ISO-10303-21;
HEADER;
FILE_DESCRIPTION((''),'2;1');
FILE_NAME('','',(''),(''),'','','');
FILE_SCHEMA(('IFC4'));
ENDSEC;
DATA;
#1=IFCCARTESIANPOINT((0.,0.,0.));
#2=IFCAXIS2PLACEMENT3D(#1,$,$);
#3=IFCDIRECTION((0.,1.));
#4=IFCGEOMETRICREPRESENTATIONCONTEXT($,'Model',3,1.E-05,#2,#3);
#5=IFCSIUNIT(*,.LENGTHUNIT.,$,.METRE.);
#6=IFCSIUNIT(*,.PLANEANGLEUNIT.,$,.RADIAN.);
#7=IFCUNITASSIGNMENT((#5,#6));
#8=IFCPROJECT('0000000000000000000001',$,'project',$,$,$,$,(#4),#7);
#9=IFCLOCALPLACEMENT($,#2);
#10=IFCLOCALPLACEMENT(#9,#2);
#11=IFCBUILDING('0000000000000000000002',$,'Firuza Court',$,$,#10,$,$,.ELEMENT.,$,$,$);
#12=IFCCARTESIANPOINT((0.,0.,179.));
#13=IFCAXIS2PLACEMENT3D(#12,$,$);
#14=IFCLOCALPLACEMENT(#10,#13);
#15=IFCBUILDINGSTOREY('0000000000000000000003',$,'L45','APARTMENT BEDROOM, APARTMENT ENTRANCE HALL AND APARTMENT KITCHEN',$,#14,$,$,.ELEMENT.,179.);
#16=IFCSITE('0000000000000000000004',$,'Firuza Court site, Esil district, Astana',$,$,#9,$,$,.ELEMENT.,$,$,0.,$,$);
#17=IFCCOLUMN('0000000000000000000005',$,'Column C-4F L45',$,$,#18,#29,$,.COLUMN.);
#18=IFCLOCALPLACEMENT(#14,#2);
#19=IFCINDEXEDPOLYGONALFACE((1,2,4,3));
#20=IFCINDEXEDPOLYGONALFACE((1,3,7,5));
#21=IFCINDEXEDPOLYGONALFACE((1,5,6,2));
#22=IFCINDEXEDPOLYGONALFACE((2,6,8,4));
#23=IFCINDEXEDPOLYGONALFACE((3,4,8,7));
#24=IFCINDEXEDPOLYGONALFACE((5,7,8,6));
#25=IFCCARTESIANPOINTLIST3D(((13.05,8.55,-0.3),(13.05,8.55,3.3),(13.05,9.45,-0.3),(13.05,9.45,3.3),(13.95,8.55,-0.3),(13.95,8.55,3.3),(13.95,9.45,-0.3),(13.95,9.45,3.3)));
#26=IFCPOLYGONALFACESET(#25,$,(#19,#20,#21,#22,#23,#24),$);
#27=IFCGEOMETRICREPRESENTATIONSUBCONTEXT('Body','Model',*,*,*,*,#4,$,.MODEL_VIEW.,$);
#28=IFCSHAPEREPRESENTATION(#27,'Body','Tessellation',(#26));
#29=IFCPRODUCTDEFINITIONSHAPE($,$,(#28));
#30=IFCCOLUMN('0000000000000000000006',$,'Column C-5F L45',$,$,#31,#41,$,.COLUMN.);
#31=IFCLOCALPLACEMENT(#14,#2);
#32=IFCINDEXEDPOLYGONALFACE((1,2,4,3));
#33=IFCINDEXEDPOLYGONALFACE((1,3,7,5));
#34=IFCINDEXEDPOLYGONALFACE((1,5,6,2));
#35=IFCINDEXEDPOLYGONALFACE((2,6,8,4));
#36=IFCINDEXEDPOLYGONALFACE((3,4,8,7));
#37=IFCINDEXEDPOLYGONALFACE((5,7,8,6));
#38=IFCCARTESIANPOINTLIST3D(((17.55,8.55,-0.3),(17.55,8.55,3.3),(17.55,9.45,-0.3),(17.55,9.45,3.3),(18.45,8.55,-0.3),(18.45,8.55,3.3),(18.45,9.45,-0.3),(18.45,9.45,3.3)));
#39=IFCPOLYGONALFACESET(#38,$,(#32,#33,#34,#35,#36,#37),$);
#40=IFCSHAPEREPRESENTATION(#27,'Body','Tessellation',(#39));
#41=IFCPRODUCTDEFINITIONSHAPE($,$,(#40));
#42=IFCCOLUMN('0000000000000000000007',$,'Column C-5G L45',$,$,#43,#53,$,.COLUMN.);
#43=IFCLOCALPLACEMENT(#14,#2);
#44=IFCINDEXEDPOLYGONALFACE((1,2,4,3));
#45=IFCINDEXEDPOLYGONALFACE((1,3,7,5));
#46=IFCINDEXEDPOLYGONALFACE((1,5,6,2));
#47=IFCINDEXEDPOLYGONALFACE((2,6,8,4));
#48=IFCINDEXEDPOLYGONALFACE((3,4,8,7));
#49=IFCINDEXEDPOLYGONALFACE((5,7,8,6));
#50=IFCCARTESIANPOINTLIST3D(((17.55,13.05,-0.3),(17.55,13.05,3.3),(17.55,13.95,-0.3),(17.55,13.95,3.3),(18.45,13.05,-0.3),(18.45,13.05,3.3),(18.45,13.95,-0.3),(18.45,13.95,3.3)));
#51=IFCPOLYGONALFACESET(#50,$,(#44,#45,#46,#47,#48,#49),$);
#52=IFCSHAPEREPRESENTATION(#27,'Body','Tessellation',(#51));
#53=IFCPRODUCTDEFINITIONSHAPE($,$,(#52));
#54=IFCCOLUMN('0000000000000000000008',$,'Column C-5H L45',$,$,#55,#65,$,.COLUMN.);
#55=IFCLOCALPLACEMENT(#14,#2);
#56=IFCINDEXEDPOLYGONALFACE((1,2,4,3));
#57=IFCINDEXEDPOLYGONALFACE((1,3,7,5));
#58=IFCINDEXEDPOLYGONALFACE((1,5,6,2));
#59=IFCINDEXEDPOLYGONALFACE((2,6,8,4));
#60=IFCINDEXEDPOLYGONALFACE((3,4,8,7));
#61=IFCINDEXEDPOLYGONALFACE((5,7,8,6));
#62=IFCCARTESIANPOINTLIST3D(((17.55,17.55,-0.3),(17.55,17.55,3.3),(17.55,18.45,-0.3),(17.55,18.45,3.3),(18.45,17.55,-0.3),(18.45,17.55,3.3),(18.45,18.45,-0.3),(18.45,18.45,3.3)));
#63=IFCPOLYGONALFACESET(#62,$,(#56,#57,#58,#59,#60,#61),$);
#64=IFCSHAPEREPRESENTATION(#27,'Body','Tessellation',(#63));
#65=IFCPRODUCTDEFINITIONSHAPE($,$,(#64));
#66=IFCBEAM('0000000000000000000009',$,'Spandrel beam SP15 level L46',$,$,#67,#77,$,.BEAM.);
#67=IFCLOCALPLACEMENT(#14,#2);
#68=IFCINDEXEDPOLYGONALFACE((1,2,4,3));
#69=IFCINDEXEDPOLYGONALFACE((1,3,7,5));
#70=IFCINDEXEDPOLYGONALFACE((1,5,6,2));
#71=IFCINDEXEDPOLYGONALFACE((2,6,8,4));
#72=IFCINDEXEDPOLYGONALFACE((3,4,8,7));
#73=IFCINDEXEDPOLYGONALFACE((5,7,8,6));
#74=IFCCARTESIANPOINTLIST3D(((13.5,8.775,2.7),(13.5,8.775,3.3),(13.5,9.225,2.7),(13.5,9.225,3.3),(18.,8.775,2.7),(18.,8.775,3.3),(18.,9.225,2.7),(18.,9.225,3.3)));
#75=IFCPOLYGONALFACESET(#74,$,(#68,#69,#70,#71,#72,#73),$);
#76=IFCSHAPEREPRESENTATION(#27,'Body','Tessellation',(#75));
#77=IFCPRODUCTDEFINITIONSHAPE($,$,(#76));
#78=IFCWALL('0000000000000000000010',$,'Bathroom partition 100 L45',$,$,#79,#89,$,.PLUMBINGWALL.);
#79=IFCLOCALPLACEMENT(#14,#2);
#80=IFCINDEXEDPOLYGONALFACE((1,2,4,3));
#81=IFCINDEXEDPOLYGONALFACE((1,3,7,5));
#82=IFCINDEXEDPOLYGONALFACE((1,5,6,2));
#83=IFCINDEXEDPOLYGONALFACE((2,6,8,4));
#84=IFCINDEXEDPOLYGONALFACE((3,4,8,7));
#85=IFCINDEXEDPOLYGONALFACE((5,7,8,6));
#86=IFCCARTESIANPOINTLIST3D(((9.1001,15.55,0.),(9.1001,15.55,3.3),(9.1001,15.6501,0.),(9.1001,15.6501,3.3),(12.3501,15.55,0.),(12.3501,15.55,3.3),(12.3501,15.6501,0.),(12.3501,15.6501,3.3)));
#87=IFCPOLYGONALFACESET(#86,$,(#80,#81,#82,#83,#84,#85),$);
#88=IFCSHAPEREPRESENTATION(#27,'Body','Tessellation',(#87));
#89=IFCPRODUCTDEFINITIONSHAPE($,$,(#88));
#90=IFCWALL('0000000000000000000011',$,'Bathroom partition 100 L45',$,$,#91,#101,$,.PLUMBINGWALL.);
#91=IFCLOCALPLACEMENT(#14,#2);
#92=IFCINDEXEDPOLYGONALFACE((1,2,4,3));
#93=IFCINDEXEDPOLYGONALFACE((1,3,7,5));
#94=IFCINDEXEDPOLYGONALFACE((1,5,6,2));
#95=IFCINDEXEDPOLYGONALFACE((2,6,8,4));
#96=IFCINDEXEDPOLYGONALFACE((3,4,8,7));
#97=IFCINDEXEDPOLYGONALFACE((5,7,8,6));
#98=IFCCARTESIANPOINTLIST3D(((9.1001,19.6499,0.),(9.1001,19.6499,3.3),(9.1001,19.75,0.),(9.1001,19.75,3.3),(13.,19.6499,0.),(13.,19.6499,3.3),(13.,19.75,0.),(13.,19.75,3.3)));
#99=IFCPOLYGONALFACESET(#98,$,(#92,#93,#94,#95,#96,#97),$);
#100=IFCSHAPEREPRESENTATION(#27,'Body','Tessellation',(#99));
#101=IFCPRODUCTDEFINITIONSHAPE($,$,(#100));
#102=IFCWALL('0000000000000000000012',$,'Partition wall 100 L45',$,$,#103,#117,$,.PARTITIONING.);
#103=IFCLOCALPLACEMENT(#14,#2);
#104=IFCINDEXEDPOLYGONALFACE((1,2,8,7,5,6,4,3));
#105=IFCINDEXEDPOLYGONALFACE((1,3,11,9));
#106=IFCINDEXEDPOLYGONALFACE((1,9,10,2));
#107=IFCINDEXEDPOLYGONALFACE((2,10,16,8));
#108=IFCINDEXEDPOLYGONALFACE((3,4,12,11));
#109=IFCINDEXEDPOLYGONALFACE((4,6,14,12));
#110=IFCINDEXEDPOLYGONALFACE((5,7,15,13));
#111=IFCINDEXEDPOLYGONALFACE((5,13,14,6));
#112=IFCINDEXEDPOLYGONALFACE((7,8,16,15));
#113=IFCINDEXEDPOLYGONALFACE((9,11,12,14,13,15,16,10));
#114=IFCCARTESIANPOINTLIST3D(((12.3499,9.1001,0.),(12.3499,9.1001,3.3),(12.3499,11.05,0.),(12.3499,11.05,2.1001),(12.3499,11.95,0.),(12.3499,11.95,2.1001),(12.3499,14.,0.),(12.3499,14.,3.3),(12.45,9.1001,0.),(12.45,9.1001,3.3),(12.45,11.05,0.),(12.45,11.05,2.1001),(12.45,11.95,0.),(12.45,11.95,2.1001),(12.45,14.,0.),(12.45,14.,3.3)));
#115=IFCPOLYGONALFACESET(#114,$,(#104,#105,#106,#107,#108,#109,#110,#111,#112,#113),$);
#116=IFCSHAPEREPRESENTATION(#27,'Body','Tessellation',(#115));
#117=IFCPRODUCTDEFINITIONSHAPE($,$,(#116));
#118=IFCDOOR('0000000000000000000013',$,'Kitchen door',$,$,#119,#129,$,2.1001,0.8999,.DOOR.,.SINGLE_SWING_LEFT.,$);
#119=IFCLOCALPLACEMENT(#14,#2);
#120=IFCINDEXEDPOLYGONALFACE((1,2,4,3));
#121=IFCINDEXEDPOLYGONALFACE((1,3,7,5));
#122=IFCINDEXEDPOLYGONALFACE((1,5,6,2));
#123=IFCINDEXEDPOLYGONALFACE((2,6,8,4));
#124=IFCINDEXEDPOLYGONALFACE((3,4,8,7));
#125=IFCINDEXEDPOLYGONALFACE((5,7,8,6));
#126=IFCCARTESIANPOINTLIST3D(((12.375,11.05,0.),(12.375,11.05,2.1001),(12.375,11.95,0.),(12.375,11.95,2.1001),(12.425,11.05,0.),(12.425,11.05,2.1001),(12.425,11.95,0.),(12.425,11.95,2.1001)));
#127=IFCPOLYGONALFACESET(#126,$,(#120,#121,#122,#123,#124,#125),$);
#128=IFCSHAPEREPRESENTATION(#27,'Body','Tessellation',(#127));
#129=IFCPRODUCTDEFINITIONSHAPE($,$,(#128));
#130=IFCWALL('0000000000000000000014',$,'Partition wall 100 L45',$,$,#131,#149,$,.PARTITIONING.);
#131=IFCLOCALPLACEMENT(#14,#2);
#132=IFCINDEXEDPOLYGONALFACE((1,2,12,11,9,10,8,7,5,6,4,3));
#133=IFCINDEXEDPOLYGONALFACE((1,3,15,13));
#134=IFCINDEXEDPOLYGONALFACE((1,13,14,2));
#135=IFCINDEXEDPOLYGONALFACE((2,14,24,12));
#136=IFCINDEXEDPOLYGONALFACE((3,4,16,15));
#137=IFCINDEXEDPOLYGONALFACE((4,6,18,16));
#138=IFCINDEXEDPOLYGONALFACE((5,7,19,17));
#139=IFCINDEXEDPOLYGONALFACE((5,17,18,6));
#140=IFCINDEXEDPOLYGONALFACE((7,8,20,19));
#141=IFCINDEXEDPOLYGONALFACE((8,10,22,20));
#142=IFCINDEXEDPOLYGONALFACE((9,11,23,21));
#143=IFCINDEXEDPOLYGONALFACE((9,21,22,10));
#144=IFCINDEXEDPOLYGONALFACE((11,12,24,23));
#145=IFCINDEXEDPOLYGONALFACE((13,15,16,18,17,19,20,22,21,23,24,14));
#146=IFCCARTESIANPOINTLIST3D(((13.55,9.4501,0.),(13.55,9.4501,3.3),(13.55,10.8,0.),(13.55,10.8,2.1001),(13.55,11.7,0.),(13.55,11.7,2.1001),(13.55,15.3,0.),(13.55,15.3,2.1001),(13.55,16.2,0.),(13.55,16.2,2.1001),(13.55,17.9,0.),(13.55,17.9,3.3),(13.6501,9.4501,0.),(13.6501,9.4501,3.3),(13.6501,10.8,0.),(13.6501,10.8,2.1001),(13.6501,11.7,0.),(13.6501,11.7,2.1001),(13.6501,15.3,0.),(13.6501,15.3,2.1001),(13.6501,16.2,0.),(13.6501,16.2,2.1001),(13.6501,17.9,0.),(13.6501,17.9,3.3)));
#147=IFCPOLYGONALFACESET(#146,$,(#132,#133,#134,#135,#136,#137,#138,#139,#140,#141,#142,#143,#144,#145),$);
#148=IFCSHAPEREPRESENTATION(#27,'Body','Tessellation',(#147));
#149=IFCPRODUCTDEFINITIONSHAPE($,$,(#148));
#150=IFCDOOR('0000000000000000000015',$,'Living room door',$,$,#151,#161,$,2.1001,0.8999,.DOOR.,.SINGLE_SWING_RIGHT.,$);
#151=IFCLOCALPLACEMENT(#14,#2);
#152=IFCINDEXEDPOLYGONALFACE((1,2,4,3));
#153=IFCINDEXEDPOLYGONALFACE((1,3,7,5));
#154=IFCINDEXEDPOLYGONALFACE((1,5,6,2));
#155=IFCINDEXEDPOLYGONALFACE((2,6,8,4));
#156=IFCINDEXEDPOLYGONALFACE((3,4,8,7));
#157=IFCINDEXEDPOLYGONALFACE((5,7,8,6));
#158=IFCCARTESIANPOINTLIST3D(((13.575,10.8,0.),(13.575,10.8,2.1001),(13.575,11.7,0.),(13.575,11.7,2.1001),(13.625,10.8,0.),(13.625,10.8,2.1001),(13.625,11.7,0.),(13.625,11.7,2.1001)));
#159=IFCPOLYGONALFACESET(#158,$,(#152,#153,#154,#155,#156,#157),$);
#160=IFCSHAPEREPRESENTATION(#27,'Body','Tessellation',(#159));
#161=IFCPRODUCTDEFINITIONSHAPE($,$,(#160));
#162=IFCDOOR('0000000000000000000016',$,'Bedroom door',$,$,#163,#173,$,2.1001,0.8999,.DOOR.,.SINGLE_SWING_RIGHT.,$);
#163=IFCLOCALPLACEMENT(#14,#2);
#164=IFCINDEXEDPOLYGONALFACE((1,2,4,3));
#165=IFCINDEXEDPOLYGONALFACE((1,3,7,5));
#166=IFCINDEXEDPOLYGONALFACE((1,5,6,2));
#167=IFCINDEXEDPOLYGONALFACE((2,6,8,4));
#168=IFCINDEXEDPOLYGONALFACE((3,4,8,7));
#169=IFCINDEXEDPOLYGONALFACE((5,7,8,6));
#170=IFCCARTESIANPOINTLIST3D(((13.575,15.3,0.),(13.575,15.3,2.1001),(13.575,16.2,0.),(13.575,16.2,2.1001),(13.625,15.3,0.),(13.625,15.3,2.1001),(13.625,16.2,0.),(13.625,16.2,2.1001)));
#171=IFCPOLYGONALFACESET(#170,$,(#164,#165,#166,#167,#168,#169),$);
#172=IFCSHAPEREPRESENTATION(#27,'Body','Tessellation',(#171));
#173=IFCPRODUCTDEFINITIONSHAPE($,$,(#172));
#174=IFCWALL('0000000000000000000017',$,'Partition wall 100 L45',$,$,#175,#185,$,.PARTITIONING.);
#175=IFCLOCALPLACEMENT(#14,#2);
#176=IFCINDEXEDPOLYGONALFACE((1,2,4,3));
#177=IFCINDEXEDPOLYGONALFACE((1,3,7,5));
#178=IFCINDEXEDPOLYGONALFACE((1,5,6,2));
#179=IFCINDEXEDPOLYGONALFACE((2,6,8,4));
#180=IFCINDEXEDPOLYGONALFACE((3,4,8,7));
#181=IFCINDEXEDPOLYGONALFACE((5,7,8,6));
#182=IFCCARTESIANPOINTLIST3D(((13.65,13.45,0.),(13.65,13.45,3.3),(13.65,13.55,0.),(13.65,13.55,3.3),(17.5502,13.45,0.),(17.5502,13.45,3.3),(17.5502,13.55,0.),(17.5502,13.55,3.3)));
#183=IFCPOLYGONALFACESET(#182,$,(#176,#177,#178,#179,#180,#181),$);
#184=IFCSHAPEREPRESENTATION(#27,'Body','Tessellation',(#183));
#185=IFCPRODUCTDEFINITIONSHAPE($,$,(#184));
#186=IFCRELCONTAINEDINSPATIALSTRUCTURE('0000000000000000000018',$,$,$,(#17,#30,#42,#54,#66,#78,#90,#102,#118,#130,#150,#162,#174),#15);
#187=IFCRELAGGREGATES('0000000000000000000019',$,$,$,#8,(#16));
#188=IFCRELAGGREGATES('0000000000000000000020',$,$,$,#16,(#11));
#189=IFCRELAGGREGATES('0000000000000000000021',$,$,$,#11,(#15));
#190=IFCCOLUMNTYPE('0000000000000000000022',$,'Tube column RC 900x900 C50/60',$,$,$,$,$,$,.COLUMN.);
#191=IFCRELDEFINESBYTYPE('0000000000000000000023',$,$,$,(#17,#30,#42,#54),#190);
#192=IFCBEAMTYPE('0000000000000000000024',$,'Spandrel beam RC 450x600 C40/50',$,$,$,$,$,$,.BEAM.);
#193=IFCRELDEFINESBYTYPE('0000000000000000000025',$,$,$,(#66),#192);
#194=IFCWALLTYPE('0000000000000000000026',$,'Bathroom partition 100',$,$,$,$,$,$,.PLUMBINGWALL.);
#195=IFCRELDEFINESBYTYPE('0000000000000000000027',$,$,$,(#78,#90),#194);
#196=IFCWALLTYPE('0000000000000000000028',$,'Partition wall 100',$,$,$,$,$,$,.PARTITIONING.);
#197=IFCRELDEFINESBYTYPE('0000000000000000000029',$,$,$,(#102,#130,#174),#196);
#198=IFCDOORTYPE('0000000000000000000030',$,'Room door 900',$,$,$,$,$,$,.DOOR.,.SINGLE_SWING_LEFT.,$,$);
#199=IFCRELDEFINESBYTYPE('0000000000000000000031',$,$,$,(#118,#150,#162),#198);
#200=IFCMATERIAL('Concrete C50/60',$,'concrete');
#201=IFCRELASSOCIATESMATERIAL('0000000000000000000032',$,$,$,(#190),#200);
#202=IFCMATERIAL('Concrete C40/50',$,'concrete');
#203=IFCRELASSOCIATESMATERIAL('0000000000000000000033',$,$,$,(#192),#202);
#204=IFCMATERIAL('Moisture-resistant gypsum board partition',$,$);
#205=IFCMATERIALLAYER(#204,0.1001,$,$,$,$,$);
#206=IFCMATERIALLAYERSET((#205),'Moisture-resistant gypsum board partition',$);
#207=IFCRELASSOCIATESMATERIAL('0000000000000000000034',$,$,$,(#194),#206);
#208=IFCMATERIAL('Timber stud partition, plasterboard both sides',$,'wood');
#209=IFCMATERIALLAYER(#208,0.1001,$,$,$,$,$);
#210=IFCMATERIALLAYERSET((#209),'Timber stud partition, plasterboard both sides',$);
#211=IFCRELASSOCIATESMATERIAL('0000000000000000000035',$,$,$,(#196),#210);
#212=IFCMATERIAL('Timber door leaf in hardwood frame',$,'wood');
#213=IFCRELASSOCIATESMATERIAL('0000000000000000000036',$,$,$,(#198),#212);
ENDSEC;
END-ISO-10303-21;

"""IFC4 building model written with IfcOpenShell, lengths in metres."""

from ifc_helpers import new_model, si_unit, direction, frame, frame_2d, origin, origin_2d, place, context, subcontext, project, spatial, rectangle, extrude, material, layer, layer_set, material_profile, profile_set, type_object, element, fill, save


model = new_model("IFC4")

# Units and contexts
model_context = context("Model", 3, precision=1e-05, world=origin(), true_north=direction((0.0, 1.0)))
body_context = subcontext(model_context, "Body", "Model", "MODEL_VIEW")
ifc_project = project(units=[si_unit("LENGTHUNIT", "METRE"), si_unit("PLANEANGLEUNIT", "RADIAN")], contexts=[model_context])

# Site, building, storey
site_placement = place(None, origin())
site = spatial("IfcSite", under=ifc_project, at=site_placement, Name="Firuza Court site, Esil district, Astana", CompositionType="ELEMENT", RefElevation=0.0)
building_placement = place(site_placement, origin())
building = spatial("IfcBuilding", under=site, at=building_placement, Name="Firuza Court", CompositionType="ELEMENT")
storey_placement = place(building_placement, frame((0.0, 0.0, 179.0)))
storey = spatial("IfcBuildingStorey", under=building, at=storey_placement, Name="L45", Description="APARTMENT BEDROOM, APARTMENT ENTRANCE HALL AND APARTMENT KITCHEN", CompositionType="ELEMENT", Elevation=179.0)

# Columns
ifc_material_1 = material(Name="Concrete C50/60", Category="concrete")
ifc_material_profile_1 = material_profile(ifc_material_1, rectangle(XDim=0.8999, YDim=0.8999, at=origin_2d()), Name="RC 900x900")
ifc_profile_set_1 = profile_set([ifc_material_profile_1], Name="Concrete C50/60")
column_type = type_object("IfcColumnType", Name="Tube column RC 900x900 C50/60", PredefinedType="COLUMN", material=ifc_profile_set_1)
for number, where, z_axis, x_axis, name in (
    (1, (13.5, 9.0, -0.3), (0.0, 0.0, 1.0), (1.0, 0.0, 0.0), "Column C-4F L45"),
    (2, (18.0, 9.0, -0.3), (0.0, 0.0, 1.0), (1.0, 0.0, 0.0), "Column C-5F L45"),
    (3, (18.0, 13.5, -0.3), (0.0, 0.0, 1.0), (1.0, 0.0, 0.0), "Column C-5G L45"),
    (4, (18.0, 18.0, -0.3), (0.0, 0.0, 1.0), (1.0, 0.0, 0.0), "Column C-5H L45"),
):
    element("IfcColumn", number, at=place(storey_placement, frame(where, z_axis=z_axis, x_axis=x_axis)), inside=storey, type_object=column_type, Name=name, PredefinedType="COLUMN", context=body_context, shape_type="SweptSolid", body=[
        extrude(rectangle(XDim=0.8999, YDim=0.8999, at=origin_2d()), origin(), (0.0, 0.0, 1.0), 3.6001),
    ])

# Beam
ifc_material_2 = material(Name="Concrete C40/50", Category="concrete")
ifc_material_profile_2 = material_profile(ifc_material_2, rectangle(XDim=0.45, YDim=0.6001, at=origin_2d()), Name="RC 450x600")
ifc_profile_set_2 = profile_set([ifc_material_profile_2], Name="Concrete C40/50")
beam_type = type_object("IfcBeamType", Name="Spandrel beam RC 450x600 C40/50", PredefinedType="BEAM", material=ifc_profile_set_2)
beam_placement = place(storey_placement, frame((13.5, 9.0, 3.0), z_axis=(1.0, 0.0, 0.0), x_axis=(0.0, 1.0, 0.0)))
element("IfcBeam", 5, at=beam_placement, inside=storey, type_object=beam_type, Name="Spandrel beam SP15 level L46", PredefinedType="BEAM", context=body_context, shape_type="SweptSolid", body=[
    extrude(rectangle(XDim=0.45, YDim=0.6001, at=origin_2d()), origin(), (0.0, 0.0, 1.0), 4.5),
])

# Walls
ifc_material_3 = material(Name="Moisture-resistant gypsum board partition")
ifc_layer_1 = layer(ifc_material_3, 0.1001)
ifc_layer_set_1 = layer_set([ifc_layer_1], Name="Moisture-resistant gypsum board partition")
wall_type_1 = type_object("IfcWallType", Name="Bathroom partition 100", PredefinedType="PLUMBINGWALL", material=ifc_layer_set_1)
wall_1_placement = place(storey_placement, frame((9.1001, 15.6001, 0.0), z_axis=(0.0, 0.0, 1.0), x_axis=(1.0, 0.0, 0.0)))
element("IfcWall", 6, at=wall_1_placement, inside=storey, type_object=wall_type_1, Name="Bathroom partition 100 L45", PredefinedType="PLUMBINGWALL", context=body_context, shape_type="SweptSolid", body=[
    extrude(rectangle(XDim=3.25, YDim=0.1001, at=frame_2d((1.625, 0.0))), origin(), (0.0, 0.0, 1.0), 3.3),
])
wall_2_placement = place(storey_placement, frame((9.1001, 19.7, 0.0), z_axis=(0.0, 0.0, 1.0), x_axis=(1.0, 0.0, 0.0)))
element("IfcWall", 7, at=wall_2_placement, inside=storey, type_object=wall_type_1, Name="Bathroom partition 100 L45", PredefinedType="PLUMBINGWALL", context=body_context, shape_type="SweptSolid", body=[
    extrude(rectangle(XDim=3.8999, YDim=0.1001, at=frame_2d((1.95, 0.0))), origin(), (0.0, 0.0, 1.0), 3.3),
])

# Wall, opening, door
ifc_material_4 = material(Name="Timber stud partition, plasterboard both sides", Category="wood")
ifc_layer_2 = layer(ifc_material_4, 0.1001)
ifc_layer_set_2 = layer_set([ifc_layer_2], Name="Timber stud partition, plasterboard both sides")
wall_type_2 = type_object("IfcWallType", Name="Partition wall 100", PredefinedType="PARTITIONING", material=ifc_layer_set_2)
wall_3_placement = place(storey_placement, frame((12.3999, 9.1001, 0.0), z_axis=(0.0, 0.0, 1.0), x_axis=(0.0, 1.0, 0.0)))
wall_3 = element("IfcWall", 8, at=wall_3_placement, inside=storey, type_object=wall_type_2, Name="Partition wall 100 L45", PredefinedType="PARTITIONING", context=body_context, shape_type="SweptSolid", body=[
    extrude(rectangle(XDim=4.8999, YDim=0.1001, at=frame_2d((2.45, 0.0))), origin(), (0.0, 0.0, 1.0), 3.3),
])
opening_1_placement = place(wall_3_placement, frame((1.95, 0.0, 0.0)))
opening_1 = element("IfcOpeningElement", 9, at=opening_1_placement, cuts=wall_3, PredefinedType="OPENING", context=body_context, shape_type="SweptSolid", body=[
    extrude(rectangle(XDim=0.8999, YDim=2.1001, at=frame_2d((0.45, 1.05))), frame((0.0, 0.062, 0.0), z_axis=(0.0, -1.0, 0.0), x_axis=(1.0, 0.0, 0.0)), (0.0, 0.0, 1.0), 0.124),
])
ifc_material_5 = material(Name="Timber door leaf in hardwood frame", Category="wood")
door_type_1 = type_object("IfcDoorType", Name="Room door 900", OperationType="SINGLE_SWING_LEFT", PredefinedType="DOOR", material=ifc_material_5)
door_1_placement = place(opening_1_placement, origin())
door_1 = element("IfcDoor", 10, at=door_1_placement, inside=storey, type_object=door_type_1, Name="Kitchen door", OperationType="SINGLE_SWING_LEFT", OverallHeight=2.1001, OverallWidth=0.8999, PredefinedType="DOOR", context=body_context, shape_type="SweptSolid", body=[
    extrude(rectangle(XDim=0.8999, YDim=2.1001, at=frame_2d((0.45, 1.05))), frame((0.0, 0.0249, 0.0), z_axis=(0.0, -1.0, 0.0), x_axis=(1.0, 0.0, 0.0)), (0.0, 0.0, 1.0), 0.05),
])
fill(opening_1, door_1)

# Wall, openings, doors
wall_4_placement = place(storey_placement, frame((13.6001, 9.45, 0.0), z_axis=(0.0, 0.0, 1.0), x_axis=(0.0, 1.0, 0.0)))
wall_4 = element("IfcWall", 11, at=wall_4_placement, inside=storey, type_object=wall_type_2, Name="Partition wall 100 L45", PredefinedType="PARTITIONING", context=body_context, shape_type="SweptSolid", body=[
    extrude(rectangle(XDim=8.45, YDim=0.1001, at=frame_2d((4.2251, 0.0))), origin(), (0.0, 0.0, 1.0), 3.3),
])
opening_2_placement = place(wall_4_placement, frame((1.3501, 0.0, 0.0)))
opening_2 = element("IfcOpeningElement", 12, at=opening_2_placement, cuts=wall_4, PredefinedType="OPENING", context=body_context, shape_type="SweptSolid", body=[
    extrude(rectangle(XDim=0.8999, YDim=2.1001, at=frame_2d((0.45, 1.05))), frame((0.0, 0.062, 0.0), z_axis=(0.0, -1.0, 0.0), x_axis=(1.0, 0.0, 0.0)), (0.0, 0.0, 1.0), 0.124),
])
opening_3_placement = place(wall_4_placement, frame((5.8501, 0.0, 0.0)))
opening_3 = element("IfcOpeningElement", 13, at=opening_3_placement, cuts=wall_4, PredefinedType="OPENING", context=body_context, shape_type="SweptSolid", body=[
    extrude(rectangle(XDim=0.8999, YDim=2.1001, at=frame_2d((0.45, 1.05))), frame((0.0, 0.062, 0.0), z_axis=(0.0, -1.0, 0.0), x_axis=(1.0, 0.0, 0.0)), (0.0, 0.0, 1.0), 0.124),
])
door_2_placement = place(opening_2_placement, frame((0.8999, 0.0, 0.0), z_axis=(0.0, 0.0, 1.0), x_axis=(-1.0, 0.0, 0.0)))
door_2 = element("IfcDoor", 14, at=door_2_placement, inside=storey, type_object=door_type_1, Name="Living room door", OperationType="SINGLE_SWING_RIGHT", OverallHeight=2.1001, OverallWidth=0.8999, PredefinedType="DOOR", context=body_context, shape_type="SweptSolid", body=[
    extrude(rectangle(XDim=0.8999, YDim=2.1001, at=frame_2d((0.45, 1.05))), frame((0.0, 0.0249, 0.0), z_axis=(0.0, -1.0, 0.0), x_axis=(1.0, 0.0, 0.0)), (0.0, 0.0, 1.0), 0.05),
])
fill(opening_2, door_2)
door_3_placement = place(opening_3_placement, frame((0.8999, 0.0, 0.0), z_axis=(0.0, 0.0, 1.0), x_axis=(-1.0, 0.0, 0.0)))
door_3 = element("IfcDoor", 15, at=door_3_placement, inside=storey, type_object=door_type_1, Name="Bedroom door", OperationType="SINGLE_SWING_RIGHT", OverallHeight=2.1001, OverallWidth=0.8999, PredefinedType="DOOR", context=body_context, shape_type="SweptSolid", body=[
    extrude(rectangle(XDim=0.8999, YDim=2.1001, at=frame_2d((0.45, 1.05))), frame((0.0, 0.0249, 0.0), z_axis=(0.0, -1.0, 0.0), x_axis=(1.0, 0.0, 0.0)), (0.0, 0.0, 1.0), 0.05),
])
fill(opening_3, door_3)

# Wall
wall_5_placement = place(storey_placement, frame((13.6499, 13.5, 0.0), z_axis=(0.0, 0.0, 1.0), x_axis=(1.0, 0.0, 0.0)))
element("IfcWall", 16, at=wall_5_placement, inside=storey, type_object=wall_type_2, Name="Partition wall 100 L45", PredefinedType="PARTITIONING", context=body_context, shape_type="SweptSolid", body=[
    extrude(rectangle(XDim=3.9001, YDim=0.1001, at=frame_2d((1.9502, 0.0))), origin(), (0.0, 0.0, 1.0), 3.3),
])

save(model, "model.ifc")
